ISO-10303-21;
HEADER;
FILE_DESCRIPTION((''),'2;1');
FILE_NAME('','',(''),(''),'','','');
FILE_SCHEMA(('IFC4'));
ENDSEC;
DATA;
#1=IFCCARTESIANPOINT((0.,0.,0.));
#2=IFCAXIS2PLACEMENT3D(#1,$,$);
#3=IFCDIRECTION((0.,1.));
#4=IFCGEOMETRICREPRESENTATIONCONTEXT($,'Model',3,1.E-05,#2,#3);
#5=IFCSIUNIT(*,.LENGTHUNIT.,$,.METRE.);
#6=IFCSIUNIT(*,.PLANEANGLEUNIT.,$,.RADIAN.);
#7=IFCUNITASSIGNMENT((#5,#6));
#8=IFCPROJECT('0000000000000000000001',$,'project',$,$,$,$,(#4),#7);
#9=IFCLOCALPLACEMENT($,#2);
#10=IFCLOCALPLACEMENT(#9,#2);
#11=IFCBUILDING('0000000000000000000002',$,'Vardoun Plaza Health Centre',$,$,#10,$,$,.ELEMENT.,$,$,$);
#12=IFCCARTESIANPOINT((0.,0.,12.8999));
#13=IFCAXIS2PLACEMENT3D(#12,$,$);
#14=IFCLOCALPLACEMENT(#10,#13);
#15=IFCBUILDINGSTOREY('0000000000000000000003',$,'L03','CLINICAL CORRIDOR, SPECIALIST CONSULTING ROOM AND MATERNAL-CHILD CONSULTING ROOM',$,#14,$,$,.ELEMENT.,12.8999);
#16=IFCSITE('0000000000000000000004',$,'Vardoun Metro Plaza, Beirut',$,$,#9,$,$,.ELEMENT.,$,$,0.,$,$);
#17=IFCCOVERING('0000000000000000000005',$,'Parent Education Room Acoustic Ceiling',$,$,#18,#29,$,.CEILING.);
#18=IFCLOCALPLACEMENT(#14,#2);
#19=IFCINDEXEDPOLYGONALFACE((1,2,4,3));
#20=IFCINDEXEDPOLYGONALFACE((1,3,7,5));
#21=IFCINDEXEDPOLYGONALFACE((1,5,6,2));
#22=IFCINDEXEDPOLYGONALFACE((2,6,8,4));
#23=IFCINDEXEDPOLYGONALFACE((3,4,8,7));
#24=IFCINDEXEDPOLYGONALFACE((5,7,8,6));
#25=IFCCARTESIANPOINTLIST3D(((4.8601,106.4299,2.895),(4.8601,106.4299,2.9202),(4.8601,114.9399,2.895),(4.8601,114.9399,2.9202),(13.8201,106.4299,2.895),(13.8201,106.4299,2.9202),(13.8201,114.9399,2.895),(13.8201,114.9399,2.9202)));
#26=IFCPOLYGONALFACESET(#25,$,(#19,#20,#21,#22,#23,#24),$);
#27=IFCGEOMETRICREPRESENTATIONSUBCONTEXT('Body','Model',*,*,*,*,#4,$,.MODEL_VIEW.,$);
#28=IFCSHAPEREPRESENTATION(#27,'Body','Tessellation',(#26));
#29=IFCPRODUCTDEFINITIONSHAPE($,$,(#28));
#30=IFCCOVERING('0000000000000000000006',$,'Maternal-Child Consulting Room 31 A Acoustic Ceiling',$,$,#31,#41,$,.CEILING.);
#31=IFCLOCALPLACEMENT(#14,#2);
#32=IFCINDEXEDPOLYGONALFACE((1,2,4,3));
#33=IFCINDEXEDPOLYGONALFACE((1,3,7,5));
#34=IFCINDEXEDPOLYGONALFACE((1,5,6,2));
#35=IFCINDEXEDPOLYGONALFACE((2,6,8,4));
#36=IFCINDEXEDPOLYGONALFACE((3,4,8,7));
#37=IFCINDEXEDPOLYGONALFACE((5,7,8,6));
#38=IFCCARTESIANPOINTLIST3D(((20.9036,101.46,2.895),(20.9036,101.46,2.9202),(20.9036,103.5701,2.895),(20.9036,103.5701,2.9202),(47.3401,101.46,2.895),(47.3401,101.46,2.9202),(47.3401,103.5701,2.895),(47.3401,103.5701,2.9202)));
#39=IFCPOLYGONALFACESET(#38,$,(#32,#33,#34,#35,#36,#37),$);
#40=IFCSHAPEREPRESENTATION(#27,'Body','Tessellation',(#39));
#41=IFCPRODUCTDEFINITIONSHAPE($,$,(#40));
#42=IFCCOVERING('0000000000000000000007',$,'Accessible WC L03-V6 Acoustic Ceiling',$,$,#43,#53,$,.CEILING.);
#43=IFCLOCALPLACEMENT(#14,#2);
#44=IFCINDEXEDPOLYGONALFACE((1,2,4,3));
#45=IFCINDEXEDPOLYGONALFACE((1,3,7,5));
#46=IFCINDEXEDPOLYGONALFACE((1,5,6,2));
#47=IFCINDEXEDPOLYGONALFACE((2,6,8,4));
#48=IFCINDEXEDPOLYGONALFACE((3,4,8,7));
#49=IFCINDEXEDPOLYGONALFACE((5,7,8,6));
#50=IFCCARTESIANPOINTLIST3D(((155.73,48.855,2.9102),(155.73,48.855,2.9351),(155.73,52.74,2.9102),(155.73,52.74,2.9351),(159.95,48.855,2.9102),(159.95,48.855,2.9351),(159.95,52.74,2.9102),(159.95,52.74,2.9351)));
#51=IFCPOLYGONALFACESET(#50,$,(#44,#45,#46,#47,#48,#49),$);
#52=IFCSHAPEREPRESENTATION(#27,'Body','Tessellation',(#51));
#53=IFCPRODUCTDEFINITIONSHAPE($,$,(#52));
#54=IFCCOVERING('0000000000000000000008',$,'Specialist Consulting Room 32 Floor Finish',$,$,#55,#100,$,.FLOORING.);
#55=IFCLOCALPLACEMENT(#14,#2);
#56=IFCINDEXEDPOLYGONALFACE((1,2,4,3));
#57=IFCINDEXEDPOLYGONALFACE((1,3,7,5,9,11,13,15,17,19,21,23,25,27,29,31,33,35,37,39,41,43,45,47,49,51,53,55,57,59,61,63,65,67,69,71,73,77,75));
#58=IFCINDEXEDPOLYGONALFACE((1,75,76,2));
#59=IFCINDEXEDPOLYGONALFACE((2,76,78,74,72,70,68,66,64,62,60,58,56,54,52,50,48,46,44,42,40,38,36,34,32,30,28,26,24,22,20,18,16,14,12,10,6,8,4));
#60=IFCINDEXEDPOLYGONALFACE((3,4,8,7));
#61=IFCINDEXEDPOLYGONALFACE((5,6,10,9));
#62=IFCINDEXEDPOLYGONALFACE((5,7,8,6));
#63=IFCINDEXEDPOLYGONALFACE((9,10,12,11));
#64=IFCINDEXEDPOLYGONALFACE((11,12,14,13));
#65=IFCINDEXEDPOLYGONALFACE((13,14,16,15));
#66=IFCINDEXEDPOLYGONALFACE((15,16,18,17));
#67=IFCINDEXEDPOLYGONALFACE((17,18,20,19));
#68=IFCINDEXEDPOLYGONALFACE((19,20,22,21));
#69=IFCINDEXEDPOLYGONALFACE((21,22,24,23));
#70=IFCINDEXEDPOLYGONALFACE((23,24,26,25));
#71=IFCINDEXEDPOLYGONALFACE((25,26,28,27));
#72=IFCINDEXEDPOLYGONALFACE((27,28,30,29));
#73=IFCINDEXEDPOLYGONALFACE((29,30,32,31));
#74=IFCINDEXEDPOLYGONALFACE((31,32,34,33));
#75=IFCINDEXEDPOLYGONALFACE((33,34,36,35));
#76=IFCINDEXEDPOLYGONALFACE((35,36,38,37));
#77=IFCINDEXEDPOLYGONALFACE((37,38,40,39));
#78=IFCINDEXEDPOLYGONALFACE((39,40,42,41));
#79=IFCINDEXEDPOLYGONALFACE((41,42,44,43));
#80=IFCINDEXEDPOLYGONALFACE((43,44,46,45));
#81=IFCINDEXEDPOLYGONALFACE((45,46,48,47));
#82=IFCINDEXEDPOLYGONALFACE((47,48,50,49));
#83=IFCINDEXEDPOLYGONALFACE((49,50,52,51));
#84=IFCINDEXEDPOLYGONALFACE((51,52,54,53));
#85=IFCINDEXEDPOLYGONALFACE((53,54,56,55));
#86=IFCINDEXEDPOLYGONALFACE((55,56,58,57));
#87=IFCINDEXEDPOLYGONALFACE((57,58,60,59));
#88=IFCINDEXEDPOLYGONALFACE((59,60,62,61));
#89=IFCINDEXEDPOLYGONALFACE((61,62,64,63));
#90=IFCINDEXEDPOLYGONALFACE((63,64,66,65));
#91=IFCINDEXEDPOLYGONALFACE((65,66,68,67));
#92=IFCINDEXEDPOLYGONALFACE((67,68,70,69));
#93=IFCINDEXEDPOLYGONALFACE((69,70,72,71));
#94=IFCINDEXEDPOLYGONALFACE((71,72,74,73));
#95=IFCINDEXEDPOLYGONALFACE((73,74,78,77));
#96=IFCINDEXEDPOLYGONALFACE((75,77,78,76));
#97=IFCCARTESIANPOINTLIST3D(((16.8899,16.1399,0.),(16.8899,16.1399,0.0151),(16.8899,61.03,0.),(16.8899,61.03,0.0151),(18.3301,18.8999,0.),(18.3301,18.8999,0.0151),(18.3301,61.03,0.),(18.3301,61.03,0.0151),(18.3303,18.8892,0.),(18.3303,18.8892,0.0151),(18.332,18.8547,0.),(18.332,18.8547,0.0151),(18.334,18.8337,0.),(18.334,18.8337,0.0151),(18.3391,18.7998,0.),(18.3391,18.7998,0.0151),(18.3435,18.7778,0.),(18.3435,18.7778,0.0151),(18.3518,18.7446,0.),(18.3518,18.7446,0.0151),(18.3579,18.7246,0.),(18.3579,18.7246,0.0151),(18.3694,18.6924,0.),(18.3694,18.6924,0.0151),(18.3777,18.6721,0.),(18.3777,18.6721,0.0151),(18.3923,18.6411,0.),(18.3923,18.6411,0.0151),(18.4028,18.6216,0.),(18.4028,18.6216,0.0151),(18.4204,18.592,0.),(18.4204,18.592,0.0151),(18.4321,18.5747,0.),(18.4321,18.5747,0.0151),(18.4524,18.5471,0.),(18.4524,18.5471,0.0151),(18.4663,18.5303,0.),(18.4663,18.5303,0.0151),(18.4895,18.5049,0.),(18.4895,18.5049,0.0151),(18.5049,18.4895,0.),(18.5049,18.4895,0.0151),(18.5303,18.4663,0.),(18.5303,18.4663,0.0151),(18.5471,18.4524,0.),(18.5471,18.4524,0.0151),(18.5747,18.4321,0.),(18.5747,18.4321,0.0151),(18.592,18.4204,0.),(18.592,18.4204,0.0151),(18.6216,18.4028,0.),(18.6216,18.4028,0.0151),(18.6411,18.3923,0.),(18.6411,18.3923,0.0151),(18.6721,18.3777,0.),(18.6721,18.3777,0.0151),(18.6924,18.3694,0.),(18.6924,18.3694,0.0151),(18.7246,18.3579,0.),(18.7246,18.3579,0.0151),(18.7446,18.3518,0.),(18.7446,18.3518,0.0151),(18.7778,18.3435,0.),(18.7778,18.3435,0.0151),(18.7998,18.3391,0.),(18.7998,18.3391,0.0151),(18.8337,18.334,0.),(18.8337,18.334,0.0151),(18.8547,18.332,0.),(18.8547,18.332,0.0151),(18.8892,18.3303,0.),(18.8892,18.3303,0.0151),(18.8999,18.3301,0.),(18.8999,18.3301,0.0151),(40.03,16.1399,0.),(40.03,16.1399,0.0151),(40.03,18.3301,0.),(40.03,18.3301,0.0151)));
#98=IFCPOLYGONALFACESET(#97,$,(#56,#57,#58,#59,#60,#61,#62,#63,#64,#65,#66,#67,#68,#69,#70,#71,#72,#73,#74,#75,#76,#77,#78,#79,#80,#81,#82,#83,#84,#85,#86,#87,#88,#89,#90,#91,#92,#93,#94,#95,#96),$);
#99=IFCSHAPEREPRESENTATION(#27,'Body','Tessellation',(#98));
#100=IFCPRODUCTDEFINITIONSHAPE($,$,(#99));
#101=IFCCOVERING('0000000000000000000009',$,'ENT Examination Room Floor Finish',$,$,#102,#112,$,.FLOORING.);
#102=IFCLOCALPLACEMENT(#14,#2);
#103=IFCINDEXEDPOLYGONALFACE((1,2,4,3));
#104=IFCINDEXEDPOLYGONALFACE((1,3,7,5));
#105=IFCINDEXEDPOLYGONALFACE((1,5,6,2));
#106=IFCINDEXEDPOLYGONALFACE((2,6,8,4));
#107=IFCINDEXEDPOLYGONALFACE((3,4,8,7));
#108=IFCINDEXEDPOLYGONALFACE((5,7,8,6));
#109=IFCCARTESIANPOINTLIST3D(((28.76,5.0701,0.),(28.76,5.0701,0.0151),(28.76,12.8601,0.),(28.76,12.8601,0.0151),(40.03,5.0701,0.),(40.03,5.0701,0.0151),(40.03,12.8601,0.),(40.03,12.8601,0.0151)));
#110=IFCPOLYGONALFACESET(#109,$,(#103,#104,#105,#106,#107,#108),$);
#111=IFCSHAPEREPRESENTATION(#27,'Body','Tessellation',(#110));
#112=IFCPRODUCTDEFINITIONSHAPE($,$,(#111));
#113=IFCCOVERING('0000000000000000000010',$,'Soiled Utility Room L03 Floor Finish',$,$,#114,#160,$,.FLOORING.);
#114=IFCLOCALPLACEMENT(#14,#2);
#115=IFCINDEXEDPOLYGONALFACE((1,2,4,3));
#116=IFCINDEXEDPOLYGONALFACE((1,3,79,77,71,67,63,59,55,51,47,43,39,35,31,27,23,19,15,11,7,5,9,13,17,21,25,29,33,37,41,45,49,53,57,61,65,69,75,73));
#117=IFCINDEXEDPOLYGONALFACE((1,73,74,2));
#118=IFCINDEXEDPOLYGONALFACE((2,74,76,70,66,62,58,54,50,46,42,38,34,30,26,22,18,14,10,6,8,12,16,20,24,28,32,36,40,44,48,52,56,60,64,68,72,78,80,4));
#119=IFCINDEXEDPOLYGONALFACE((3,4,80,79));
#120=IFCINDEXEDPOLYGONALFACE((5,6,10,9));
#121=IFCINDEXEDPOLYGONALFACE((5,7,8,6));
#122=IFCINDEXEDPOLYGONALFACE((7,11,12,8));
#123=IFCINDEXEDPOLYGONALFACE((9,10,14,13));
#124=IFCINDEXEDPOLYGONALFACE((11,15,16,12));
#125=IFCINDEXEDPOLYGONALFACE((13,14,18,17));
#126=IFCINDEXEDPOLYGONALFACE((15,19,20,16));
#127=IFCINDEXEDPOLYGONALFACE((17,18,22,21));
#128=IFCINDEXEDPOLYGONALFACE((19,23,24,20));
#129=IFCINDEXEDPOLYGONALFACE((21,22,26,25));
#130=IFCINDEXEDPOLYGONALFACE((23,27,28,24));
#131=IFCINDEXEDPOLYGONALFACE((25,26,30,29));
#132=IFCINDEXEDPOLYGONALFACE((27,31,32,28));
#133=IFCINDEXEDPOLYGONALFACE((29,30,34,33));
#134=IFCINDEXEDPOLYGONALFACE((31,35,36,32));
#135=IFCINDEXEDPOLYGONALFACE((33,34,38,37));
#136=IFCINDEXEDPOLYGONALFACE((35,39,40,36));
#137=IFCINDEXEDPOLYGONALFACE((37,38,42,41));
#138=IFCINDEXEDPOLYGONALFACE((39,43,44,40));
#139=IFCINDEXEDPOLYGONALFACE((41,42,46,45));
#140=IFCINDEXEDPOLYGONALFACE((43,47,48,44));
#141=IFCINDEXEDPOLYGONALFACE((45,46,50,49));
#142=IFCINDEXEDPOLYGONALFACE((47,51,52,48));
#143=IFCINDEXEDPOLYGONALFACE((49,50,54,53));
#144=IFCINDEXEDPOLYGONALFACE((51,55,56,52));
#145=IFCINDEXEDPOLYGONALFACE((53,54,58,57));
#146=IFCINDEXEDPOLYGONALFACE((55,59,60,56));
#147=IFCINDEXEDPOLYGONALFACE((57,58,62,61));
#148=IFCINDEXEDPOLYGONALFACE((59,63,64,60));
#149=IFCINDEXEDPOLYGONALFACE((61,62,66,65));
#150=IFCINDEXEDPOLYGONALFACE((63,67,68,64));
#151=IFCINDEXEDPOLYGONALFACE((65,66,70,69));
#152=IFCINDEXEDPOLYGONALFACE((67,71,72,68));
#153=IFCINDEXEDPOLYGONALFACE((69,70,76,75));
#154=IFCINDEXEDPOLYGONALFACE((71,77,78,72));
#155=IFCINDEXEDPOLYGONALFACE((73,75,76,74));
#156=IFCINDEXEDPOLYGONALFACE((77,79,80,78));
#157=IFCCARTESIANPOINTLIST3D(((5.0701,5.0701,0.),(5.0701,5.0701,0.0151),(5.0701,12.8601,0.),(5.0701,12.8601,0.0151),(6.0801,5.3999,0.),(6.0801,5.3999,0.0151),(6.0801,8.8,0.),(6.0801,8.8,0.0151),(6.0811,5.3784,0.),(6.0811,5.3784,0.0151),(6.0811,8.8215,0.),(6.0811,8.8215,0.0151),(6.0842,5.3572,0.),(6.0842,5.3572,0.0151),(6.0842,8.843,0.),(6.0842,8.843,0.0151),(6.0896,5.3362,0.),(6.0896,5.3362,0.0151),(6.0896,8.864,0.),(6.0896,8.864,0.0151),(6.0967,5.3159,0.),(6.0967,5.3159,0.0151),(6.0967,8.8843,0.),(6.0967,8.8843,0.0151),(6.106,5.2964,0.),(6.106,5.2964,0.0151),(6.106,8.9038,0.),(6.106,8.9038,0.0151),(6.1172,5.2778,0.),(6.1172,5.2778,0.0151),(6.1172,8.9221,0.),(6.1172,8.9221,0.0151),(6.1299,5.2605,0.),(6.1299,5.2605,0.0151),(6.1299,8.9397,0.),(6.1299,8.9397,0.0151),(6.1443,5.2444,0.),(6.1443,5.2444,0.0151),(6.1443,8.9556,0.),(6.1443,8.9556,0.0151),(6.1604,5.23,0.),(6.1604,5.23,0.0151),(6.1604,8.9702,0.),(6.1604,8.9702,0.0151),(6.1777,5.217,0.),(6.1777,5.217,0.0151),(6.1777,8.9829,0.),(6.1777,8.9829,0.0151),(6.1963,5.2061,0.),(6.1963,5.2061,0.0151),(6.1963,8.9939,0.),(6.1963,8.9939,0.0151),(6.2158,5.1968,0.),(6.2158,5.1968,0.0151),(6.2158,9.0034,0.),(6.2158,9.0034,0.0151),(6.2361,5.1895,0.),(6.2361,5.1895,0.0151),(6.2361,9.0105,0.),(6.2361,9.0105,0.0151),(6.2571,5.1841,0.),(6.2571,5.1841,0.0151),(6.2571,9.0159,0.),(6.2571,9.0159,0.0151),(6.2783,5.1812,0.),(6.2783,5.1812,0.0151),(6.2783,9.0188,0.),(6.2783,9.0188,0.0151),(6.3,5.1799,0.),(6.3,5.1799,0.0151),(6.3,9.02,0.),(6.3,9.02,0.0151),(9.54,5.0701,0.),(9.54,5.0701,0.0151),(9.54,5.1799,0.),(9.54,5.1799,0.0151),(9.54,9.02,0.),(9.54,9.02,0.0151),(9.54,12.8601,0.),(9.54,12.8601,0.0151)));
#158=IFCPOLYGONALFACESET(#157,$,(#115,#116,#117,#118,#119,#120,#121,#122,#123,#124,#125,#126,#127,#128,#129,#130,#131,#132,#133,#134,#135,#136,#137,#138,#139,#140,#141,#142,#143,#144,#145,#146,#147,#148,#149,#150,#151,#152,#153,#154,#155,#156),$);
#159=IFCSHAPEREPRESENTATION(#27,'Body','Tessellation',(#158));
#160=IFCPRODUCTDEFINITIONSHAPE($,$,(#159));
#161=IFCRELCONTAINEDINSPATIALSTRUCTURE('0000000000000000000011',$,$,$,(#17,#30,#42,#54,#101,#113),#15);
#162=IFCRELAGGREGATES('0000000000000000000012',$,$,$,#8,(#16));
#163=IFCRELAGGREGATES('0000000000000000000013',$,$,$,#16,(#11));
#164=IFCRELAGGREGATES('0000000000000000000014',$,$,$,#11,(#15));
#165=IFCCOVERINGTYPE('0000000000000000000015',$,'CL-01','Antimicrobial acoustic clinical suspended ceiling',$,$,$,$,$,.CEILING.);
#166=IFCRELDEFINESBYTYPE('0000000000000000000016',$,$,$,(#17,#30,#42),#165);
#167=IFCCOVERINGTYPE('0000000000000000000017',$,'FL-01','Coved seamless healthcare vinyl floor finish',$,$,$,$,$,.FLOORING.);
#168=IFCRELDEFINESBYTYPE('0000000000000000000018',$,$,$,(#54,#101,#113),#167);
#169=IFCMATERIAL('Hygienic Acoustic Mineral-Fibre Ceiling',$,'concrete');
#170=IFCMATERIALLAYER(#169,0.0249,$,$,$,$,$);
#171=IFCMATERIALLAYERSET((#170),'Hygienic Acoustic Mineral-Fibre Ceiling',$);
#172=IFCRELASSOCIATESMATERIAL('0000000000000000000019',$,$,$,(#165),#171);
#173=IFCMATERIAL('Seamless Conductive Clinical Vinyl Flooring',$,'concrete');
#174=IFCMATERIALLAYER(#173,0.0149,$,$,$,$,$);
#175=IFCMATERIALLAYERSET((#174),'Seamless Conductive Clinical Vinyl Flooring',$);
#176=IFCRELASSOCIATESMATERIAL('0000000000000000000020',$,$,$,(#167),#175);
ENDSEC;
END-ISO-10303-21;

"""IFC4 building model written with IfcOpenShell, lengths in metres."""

from ifc_helpers import new_model, si_unit, direction, frame, origin, place, context, subcontext, project, spatial, polyline, outline, extrude, material, layer, layer_set, type_object, element, save


model = new_model("IFC4")

# Units and contexts
model_context = context("Model", 3, precision=1e-05, world=origin(), true_north=direction((0.0, 1.0)))
body_context = subcontext(model_context, "Body", "Model", "MODEL_VIEW")
ifc_project = project(units=[si_unit("LENGTHUNIT", "METRE"), si_unit("PLANEANGLEUNIT", "RADIAN")], contexts=[model_context])

# Site, building, storey
site_placement = place(None, origin())
site = spatial("IfcSite", under=ifc_project, at=site_placement, Name="Vardoun Metro Plaza, Beirut", CompositionType="ELEMENT", RefElevation=0.0)
building_placement = place(site_placement, origin())
building = spatial("IfcBuilding", under=site, at=building_placement, Name="Vardoun Plaza Health Centre", CompositionType="ELEMENT")
storey_placement = place(building_placement, frame((0.0, 0.0, 12.8999)))
storey = spatial("IfcBuildingStorey", under=building, at=storey_placement, Name="L03", Description="CLINICAL CORRIDOR, SPECIALIST CONSULTING ROOM AND MATERNAL-CHILD CONSULTING ROOM", CompositionType="ELEMENT", Elevation=12.8999)

# Coverings
ifc_material_1 = material(Name="Hygienic Acoustic Mineral-Fibre Ceiling", Category="concrete")
ifc_layer_1 = layer(ifc_material_1, 0.0249)
ifc_layer_set_1 = layer_set([ifc_layer_1], Name="Hygienic Acoustic Mineral-Fibre Ceiling")
covering_type_1 = type_object("IfcCoveringType", Name="CL-01", Description="Antimicrobial acoustic clinical suspended ceiling", PredefinedType="CEILING", material=ifc_layer_set_1)
covering_1_placement = place(storey_placement, frame((0.0, 0.0, 2.895)))
element("IfcCovering", 1, at=covering_1_placement, inside=storey, type_object=covering_type_1, Name="Parent Education Room Acoustic Ceiling", PredefinedType="CEILING", context=body_context, shape_type="SweptSolid", body=[
    extrude(outline(polyline([(13.8201, 114.9399), (13.8201, 106.4299), (4.8601, 106.4299), (4.8601, 114.9399), (13.8201, 114.9399)])), origin(), (0.0, 0.0, 1.0), 0.0251),
])
covering_2_placement = place(storey_placement, frame((0.0, 0.0, 2.895)))
element("IfcCovering", 2, at=covering_2_placement, inside=storey, type_object=covering_type_1, Name="Maternal-Child Consulting Room 31 A Acoustic Ceiling", PredefinedType="CEILING", context=body_context, shape_type="SweptSolid", body=[
    extrude(outline(polyline([(20.9036, 101.46), (20.9036, 103.5701), (47.3401, 103.5701), (47.3401, 101.46), (20.9036, 101.46)])), origin(), (0.0, 0.0, 1.0), 0.0251),
])
covering_3_placement = place(storey_placement, frame((0.0, 0.0, 2.9102)))
element("IfcCovering", 3, at=covering_3_placement, inside=storey, type_object=covering_type_1, Name="Accessible WC L03-V6 Acoustic Ceiling", PredefinedType="CEILING", context=body_context, shape_type="SweptSolid", body=[
    extrude(outline(polyline([(159.95, 52.74), (159.95, 48.855), (155.73, 48.855), (155.73, 52.74), (159.95, 52.74)])), origin(), (0.0, 0.0, 1.0), 0.0249),
])
ifc_material_2 = material(Name="Seamless Conductive Clinical Vinyl Flooring", Category="concrete")
ifc_layer_2 = layer(ifc_material_2, 0.0149)
ifc_layer_set_2 = layer_set([ifc_layer_2], Name="Seamless Conductive Clinical Vinyl Flooring")
covering_type_2 = type_object("IfcCoveringType", Name="FL-01", Description="Coved seamless healthcare vinyl floor finish", PredefinedType="FLOORING", material=ifc_layer_set_2)
covering_4_placement = place(storey_placement, origin())
element("IfcCovering", 4, at=covering_4_placement, inside=storey, type_object=covering_type_2, Name="Specialist Consulting Room 32 Floor Finish", PredefinedType="FLOORING", context=body_context, shape_type="SweptSolid", body=[
    extrude(outline(polyline([(18.3301, 61.03), (18.3301, 18.8999), (18.3303, 18.8892), (18.332, 18.8547), (18.334, 18.8337), (18.3391, 18.7998), (18.3435, 18.7778), (18.3518, 18.7446), (18.3579, 18.7246), (18.3694, 18.6924), (18.3777, 18.6721), (18.3923, 18.6411), (18.4028, 18.6216), (18.4204, 18.592), (18.4321, 18.5747), (18.4524, 18.5471), (18.4663, 18.5303), (18.4895, 18.5049), (18.5049, 18.4895), (18.5303, 18.4663), (18.5471, 18.4524), (18.5747, 18.4321), (18.592, 18.4204), (18.6216, 18.4028), (18.6411, 18.3923), (18.6721, 18.3777), (18.6924, 18.3694), (18.7246, 18.3579), (18.7446, 18.3518), (18.7778, 18.3435), (18.7998, 18.3391), (18.8337, 18.334), (18.8547, 18.332), (18.8892, 18.3303), (18.8999, 18.3301), (40.03, 18.3301), (40.03, 16.1399), (16.8899, 16.1399), (16.8899, 61.03), (18.3301, 61.03)])), origin(), (0.0, 0.0, 1.0), 0.0151),
])
covering_5_placement = place(storey_placement, origin())
element("IfcCovering", 5, at=covering_5_placement, inside=storey, type_object=covering_type_2, Name="ENT Examination Room Floor Finish", PredefinedType="FLOORING", context=body_context, shape_type="SweptSolid", body=[
    extrude(outline(polyline([(28.76, 5.0701), (28.76, 12.8601), (40.03, 12.8601), (40.03, 5.0701), (28.76, 5.0701)])), origin(), (0.0, 0.0, 1.0), 0.0151),
])
covering_6_placement = place(storey_placement, origin())
element("IfcCovering", 6, at=covering_6_placement, inside=storey, type_object=covering_type_2, Name="Soiled Utility Room L03 Floor Finish", PredefinedType="FLOORING", context=body_context, shape_type="SweptSolid", body=[
    extrude(outline(polyline([(5.0701, 12.8601), (9.54, 12.8601), (9.54, 9.02), (6.3, 9.02), (6.2783, 9.0188), (6.2571, 9.0159), (6.2361, 9.0105), (6.2158, 9.0034), (6.1963, 8.9939), (6.1777, 8.9829), (6.1604, 8.9702), (6.1443, 8.9556), (6.1299, 8.9397), (6.1172, 8.9221), (6.106, 8.9038), (6.0967, 8.8843), (6.0896, 8.864), (6.0842, 8.843), (6.0811, 8.8215), (6.0801, 8.8), (6.0801, 5.3999), (6.0811, 5.3784), (6.0842, 5.3572), (6.0896, 5.3362), (6.0967, 5.3159), (6.106, 5.2964), (6.1172, 5.2778), (6.1299, 5.2605), (6.1443, 5.2444), (6.1604, 5.23), (6.1777, 5.217), (6.1963, 5.2061), (6.2158, 5.1968), (6.2361, 5.1895), (6.2571, 5.1841), (6.2783, 5.1812), (6.3, 5.1799), (9.54, 5.1799), (9.54, 5.0701), (5.0701, 5.0701), (5.0701, 12.8601)])), origin(), (0.0, 0.0, 1.0), 0.0151),
])

save(model, "model.ifc")
